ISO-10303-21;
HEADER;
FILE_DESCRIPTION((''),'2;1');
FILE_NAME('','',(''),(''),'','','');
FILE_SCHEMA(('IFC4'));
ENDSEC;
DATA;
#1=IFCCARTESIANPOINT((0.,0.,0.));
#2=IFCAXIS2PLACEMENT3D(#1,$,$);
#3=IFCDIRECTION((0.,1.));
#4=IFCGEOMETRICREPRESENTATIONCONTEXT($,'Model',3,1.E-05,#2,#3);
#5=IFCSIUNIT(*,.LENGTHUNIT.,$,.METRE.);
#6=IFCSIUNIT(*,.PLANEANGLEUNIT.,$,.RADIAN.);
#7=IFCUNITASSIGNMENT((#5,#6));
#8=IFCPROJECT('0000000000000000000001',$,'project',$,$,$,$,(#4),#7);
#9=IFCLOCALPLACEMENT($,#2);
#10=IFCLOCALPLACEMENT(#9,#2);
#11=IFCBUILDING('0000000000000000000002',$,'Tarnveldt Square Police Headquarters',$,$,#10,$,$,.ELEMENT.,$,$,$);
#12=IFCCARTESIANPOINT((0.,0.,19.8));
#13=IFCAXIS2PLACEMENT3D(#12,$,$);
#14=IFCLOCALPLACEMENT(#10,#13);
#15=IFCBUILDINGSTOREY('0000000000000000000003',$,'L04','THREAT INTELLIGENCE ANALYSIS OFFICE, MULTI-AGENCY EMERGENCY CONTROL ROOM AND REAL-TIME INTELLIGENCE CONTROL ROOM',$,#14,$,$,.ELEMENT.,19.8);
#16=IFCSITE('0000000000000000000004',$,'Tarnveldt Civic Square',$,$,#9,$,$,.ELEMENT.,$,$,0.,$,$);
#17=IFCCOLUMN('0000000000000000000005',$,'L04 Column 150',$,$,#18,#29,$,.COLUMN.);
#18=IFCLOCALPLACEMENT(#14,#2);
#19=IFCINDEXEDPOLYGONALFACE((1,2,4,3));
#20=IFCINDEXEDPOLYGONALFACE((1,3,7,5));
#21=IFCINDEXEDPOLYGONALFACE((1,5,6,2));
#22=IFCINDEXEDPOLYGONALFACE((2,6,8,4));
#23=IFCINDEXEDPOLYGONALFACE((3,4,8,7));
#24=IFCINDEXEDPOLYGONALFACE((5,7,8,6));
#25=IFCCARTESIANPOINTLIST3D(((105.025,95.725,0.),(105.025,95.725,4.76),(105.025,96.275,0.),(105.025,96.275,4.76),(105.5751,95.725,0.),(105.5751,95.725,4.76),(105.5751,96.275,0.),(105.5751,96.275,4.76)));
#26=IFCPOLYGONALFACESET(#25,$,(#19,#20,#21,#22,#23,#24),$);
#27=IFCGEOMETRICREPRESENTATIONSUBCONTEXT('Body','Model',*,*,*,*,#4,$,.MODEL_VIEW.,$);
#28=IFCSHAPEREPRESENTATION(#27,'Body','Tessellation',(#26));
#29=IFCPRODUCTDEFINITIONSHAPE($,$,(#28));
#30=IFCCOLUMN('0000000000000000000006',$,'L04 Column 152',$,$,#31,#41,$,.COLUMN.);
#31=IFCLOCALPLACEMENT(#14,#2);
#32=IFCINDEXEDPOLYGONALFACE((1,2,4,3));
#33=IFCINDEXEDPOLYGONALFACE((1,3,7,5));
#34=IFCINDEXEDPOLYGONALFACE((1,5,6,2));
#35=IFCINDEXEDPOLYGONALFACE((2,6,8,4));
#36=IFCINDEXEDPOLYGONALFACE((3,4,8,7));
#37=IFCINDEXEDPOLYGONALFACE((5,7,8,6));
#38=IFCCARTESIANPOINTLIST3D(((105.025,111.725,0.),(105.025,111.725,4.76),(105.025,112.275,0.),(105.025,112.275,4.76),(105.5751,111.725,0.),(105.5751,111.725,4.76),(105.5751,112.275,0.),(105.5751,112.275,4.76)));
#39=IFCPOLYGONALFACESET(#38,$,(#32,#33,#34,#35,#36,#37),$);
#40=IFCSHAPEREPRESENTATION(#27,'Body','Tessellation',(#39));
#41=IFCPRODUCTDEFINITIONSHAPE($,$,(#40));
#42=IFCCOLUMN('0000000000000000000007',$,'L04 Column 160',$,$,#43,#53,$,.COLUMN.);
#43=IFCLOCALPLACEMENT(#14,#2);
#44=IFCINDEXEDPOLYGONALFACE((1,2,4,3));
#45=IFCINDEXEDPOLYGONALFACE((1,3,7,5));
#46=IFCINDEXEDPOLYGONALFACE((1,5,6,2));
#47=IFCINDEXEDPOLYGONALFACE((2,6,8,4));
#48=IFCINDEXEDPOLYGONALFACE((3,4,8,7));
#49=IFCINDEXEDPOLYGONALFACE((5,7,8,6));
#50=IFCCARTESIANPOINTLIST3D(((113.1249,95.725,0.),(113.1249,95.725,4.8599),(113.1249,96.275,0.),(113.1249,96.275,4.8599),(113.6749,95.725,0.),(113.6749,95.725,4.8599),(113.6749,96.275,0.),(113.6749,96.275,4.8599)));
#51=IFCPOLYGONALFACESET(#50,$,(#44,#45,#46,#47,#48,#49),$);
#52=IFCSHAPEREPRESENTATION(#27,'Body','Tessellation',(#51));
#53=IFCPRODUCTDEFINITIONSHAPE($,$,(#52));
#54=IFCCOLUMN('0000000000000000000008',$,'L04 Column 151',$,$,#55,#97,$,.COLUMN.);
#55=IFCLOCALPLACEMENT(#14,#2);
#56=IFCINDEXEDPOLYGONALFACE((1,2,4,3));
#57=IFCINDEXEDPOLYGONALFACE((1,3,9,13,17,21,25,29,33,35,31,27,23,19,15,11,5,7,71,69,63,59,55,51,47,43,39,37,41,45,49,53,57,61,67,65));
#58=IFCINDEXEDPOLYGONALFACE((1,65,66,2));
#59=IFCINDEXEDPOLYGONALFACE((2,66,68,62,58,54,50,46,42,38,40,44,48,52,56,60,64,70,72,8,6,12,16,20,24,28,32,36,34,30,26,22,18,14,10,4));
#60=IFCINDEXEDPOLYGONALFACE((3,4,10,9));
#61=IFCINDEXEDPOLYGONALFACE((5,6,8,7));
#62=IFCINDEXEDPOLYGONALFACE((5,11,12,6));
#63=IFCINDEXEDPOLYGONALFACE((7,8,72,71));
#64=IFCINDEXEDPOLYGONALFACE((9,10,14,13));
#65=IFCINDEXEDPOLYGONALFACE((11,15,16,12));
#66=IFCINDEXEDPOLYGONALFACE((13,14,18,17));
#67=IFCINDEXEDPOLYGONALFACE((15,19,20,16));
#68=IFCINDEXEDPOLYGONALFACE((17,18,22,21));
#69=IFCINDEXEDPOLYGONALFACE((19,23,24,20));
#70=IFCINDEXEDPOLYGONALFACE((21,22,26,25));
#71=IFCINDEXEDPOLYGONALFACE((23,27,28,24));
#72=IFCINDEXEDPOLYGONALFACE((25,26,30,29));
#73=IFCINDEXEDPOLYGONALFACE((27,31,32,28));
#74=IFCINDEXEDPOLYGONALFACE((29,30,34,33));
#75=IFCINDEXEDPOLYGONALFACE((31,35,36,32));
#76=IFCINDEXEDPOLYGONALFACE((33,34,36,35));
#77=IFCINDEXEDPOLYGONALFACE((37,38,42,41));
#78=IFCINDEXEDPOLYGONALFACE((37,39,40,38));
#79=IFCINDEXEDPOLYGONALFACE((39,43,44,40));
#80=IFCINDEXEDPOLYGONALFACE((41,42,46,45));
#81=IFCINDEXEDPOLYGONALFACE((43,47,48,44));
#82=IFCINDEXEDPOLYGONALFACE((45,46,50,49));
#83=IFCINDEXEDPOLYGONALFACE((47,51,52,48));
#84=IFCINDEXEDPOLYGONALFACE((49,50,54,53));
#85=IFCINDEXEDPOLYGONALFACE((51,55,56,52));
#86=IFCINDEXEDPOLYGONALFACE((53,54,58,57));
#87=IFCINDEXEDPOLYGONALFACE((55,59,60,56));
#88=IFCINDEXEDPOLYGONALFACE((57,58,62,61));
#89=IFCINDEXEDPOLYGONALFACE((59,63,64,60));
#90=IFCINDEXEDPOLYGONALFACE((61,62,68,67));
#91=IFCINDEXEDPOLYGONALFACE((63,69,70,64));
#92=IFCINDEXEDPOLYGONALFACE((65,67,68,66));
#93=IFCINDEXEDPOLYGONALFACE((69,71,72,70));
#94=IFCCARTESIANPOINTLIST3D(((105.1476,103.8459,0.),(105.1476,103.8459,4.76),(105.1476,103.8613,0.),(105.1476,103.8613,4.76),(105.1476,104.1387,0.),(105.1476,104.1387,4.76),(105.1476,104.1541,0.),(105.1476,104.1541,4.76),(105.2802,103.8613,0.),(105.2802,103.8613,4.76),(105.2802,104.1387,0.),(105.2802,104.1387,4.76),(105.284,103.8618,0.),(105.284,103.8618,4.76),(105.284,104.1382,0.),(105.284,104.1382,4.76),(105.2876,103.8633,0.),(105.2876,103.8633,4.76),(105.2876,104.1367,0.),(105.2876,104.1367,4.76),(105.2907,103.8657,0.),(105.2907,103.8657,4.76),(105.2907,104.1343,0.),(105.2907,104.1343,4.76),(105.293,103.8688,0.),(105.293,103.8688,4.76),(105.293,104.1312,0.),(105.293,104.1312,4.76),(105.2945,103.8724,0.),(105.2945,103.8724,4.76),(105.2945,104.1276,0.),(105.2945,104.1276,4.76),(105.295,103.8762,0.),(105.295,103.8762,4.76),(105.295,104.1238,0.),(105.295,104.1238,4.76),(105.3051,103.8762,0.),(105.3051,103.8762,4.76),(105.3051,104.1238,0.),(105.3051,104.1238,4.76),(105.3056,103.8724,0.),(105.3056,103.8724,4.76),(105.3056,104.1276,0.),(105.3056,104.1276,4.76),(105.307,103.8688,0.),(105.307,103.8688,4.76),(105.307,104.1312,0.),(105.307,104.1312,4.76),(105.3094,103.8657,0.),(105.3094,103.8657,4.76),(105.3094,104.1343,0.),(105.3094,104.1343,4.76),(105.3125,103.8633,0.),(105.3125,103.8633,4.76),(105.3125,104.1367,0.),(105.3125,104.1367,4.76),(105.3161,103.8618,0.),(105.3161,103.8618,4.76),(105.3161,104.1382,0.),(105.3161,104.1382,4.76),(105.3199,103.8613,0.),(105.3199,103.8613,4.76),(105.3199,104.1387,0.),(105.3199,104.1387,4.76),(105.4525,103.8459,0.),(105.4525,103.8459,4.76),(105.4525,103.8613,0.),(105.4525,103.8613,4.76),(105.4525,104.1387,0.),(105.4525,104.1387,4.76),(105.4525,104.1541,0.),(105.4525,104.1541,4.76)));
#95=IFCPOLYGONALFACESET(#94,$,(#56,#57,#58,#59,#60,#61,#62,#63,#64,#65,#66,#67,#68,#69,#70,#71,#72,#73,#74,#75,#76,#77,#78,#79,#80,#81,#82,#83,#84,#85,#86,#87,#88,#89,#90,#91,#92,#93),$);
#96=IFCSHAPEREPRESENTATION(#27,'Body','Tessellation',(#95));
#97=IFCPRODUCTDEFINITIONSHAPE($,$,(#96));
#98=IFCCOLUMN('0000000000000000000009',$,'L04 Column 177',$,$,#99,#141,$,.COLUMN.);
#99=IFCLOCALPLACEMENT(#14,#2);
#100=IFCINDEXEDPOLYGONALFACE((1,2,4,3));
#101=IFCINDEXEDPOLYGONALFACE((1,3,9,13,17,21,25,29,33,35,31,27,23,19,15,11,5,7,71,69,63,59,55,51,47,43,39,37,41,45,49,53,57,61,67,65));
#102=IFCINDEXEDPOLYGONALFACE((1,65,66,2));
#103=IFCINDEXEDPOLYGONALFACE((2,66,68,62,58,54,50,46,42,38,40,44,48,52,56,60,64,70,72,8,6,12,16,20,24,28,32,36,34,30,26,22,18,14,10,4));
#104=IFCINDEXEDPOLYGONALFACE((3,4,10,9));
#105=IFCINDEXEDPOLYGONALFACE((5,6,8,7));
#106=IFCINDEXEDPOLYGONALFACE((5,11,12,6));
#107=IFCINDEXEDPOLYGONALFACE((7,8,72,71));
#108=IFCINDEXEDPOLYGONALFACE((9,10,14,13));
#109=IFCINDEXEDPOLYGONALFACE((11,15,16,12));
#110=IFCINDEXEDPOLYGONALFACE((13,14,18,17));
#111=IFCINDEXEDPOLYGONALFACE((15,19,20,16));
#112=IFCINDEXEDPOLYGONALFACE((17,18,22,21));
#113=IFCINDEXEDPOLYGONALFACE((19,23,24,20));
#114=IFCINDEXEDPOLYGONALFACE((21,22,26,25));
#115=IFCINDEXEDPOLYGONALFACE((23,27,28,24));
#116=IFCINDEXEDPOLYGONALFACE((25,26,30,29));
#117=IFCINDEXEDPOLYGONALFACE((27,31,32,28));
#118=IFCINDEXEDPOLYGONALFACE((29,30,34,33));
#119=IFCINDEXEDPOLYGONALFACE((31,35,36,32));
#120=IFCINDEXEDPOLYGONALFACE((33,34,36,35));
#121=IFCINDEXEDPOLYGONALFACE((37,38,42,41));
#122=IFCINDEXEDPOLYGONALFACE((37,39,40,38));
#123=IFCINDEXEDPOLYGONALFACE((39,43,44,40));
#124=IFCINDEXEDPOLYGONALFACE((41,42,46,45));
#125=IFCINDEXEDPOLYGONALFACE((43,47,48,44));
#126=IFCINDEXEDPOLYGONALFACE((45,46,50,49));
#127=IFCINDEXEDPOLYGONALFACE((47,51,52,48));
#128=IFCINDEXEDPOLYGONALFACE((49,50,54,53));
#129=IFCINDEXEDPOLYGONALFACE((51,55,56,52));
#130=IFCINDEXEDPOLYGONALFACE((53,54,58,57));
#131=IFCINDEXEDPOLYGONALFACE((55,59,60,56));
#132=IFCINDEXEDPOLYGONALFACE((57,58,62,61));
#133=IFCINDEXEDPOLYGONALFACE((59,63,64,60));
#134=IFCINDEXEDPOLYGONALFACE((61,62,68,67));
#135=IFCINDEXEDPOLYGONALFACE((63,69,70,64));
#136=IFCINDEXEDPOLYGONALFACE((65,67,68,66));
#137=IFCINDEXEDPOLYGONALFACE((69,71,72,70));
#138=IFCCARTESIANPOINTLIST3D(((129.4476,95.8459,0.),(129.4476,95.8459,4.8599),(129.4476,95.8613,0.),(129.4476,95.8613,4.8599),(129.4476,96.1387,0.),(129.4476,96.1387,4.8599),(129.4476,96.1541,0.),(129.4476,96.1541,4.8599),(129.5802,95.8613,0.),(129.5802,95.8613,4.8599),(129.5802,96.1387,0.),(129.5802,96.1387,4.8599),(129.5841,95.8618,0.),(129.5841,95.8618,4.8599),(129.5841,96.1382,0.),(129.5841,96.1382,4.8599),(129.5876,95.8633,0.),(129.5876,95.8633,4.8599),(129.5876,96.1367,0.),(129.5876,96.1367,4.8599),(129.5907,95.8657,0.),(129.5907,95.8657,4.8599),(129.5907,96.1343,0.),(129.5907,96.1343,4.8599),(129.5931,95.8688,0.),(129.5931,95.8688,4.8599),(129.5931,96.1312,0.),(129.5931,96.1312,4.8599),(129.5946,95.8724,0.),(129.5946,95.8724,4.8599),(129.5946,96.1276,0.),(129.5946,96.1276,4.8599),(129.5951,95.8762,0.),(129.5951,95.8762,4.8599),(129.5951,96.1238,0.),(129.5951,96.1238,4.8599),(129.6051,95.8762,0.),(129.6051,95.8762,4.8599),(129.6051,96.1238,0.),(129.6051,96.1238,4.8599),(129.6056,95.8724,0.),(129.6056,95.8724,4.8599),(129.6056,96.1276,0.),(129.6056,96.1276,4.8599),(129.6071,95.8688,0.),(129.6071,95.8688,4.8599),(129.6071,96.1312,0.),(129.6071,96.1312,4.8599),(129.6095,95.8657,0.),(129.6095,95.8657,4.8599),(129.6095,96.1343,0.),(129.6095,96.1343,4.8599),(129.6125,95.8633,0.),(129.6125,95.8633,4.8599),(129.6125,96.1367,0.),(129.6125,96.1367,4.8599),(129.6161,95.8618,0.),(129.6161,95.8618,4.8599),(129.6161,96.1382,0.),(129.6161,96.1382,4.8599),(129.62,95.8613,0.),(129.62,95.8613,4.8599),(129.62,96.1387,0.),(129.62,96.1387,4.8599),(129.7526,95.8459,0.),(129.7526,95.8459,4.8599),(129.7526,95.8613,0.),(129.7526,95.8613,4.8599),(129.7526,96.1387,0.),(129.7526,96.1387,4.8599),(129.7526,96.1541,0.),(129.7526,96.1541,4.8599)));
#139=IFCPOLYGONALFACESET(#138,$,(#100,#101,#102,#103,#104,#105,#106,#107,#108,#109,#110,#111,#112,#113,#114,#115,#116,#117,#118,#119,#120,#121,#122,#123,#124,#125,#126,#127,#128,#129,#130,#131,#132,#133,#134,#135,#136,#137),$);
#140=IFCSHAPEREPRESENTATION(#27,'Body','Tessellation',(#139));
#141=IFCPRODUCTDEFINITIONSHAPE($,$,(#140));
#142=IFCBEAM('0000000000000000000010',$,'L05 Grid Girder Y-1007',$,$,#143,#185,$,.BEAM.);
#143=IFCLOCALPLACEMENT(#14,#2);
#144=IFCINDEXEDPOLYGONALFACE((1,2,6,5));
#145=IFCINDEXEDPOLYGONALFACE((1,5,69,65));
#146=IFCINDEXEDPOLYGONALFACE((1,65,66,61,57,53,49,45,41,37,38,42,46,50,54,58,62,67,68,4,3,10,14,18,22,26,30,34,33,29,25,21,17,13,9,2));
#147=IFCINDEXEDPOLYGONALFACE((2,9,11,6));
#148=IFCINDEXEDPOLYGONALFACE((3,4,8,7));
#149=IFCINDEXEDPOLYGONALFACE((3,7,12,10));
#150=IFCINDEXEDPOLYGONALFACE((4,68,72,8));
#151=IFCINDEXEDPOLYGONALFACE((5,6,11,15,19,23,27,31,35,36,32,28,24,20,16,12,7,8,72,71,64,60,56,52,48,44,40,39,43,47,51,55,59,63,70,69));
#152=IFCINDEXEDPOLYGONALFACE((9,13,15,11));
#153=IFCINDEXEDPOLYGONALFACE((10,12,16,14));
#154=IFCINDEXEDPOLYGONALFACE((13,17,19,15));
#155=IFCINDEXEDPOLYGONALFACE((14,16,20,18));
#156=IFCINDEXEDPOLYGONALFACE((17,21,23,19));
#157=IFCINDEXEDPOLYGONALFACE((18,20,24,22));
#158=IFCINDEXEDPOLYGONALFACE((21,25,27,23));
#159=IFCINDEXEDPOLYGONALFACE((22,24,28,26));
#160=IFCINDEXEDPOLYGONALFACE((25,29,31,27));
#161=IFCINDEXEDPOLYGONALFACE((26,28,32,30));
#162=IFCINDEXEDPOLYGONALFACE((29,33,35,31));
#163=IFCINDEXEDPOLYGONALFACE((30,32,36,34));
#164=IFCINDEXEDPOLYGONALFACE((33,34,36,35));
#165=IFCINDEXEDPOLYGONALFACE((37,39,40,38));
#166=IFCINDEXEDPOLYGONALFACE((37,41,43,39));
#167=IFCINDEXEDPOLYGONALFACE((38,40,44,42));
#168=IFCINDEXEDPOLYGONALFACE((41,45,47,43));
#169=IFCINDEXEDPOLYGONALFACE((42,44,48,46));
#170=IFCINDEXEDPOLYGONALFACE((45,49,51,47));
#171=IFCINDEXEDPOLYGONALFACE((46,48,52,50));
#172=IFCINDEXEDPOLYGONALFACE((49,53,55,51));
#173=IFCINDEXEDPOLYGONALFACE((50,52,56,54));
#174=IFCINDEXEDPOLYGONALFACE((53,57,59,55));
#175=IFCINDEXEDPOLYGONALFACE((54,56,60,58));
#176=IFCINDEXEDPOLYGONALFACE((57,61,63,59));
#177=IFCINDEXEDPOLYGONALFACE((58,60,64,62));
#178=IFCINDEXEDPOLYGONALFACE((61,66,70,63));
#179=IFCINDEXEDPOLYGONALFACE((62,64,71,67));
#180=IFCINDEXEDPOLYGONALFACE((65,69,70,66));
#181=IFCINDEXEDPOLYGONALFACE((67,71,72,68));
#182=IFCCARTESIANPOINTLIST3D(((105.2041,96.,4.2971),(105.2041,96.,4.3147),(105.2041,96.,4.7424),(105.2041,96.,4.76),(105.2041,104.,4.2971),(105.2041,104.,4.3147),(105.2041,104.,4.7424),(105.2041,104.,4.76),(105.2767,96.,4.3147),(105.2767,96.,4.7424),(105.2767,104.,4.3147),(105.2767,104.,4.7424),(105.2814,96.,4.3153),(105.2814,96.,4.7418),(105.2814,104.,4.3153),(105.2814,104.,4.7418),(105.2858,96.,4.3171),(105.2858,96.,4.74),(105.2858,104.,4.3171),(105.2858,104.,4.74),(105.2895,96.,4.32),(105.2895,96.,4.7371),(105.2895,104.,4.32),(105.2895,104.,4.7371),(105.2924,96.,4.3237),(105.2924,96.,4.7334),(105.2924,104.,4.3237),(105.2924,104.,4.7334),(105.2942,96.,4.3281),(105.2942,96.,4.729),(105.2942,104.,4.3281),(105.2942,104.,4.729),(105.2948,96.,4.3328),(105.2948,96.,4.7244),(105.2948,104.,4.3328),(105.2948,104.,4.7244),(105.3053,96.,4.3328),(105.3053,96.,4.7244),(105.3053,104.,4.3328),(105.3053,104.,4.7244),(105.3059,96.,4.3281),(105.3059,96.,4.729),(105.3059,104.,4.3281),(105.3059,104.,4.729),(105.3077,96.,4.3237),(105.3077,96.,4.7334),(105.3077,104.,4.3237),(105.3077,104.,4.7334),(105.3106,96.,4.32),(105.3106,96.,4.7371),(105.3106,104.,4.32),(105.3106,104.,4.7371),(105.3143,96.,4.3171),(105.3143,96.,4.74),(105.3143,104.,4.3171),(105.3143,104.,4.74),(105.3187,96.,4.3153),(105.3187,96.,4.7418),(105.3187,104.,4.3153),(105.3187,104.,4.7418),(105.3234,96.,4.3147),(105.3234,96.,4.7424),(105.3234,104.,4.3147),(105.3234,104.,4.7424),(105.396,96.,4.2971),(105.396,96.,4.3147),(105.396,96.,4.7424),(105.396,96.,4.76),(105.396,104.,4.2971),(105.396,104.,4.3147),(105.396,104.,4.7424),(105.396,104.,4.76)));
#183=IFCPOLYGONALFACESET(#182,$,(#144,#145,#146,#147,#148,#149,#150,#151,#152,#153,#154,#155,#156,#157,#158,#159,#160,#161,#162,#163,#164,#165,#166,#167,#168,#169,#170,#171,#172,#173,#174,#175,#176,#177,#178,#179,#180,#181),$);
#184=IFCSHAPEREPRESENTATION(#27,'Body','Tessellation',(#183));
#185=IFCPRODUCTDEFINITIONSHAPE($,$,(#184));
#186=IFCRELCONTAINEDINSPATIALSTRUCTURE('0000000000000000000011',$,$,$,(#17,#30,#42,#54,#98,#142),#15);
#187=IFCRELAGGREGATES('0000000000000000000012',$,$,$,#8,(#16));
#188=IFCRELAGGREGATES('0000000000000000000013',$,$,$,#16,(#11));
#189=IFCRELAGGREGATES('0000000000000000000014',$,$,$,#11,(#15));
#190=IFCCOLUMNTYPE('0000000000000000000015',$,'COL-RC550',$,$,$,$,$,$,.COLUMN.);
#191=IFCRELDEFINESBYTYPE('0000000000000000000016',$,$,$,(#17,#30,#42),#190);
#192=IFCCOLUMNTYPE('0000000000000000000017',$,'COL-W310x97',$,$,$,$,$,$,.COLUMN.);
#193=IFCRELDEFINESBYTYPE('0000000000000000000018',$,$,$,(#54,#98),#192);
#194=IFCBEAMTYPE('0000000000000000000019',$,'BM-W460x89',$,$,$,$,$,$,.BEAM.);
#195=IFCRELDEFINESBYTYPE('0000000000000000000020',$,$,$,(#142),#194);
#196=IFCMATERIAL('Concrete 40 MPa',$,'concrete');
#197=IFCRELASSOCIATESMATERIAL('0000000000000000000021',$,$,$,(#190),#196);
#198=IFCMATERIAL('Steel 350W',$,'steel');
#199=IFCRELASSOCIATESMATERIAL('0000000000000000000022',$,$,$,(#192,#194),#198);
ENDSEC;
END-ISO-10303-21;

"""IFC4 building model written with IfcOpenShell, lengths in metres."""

from ifc_helpers import new_model, si_unit, direction, frame, origin, origin_2d, place, context, subcontext, project, spatial, rectangle, i_section, extrude, material, material_profile, profile_set, type_object, element, save


model = new_model("IFC4")

# Units and contexts
model_context = context("Model", 3, precision=1e-05, world=origin(), true_north=direction((0.0, 1.0)))
body_context = subcontext(model_context, "Body", "Model", "MODEL_VIEW")
ifc_project = project(units=[si_unit("LENGTHUNIT", "METRE"), si_unit("PLANEANGLEUNIT", "RADIAN")], contexts=[model_context])

# Site, building, storey
site_placement = place(None, origin())
site = spatial("IfcSite", under=ifc_project, at=site_placement, Name="Tarnveldt Civic Square", CompositionType="ELEMENT", RefElevation=0.0)
building_placement = place(site_placement, origin())
building = spatial("IfcBuilding", under=site, at=building_placement, Name="Tarnveldt Square Police Headquarters", CompositionType="ELEMENT")
storey_placement = place(building_placement, frame((0.0, 0.0, 19.8)))
storey = spatial("IfcBuildingStorey", under=building, at=storey_placement, Name="L04", Description="THREAT INTELLIGENCE ANALYSIS OFFICE, MULTI-AGENCY EMERGENCY CONTROL ROOM AND REAL-TIME INTELLIGENCE CONTROL ROOM", CompositionType="ELEMENT", Elevation=19.8)

# Columns
ifc_material_1 = material(Name="Concrete 40 MPa", Category="concrete")
ifc_material_profile_1 = material_profile(ifc_material_1, rectangle(XDim=0.55, YDim=0.55, at=origin_2d()), Name="RC-C550x550")
ifc_profile_set_1 = profile_set([ifc_material_profile_1], Name="Concrete 40 MPa")
column_type_1 = type_object("IfcColumnType", Name="COL-RC550", PredefinedType="COLUMN", material=ifc_profile_set_1)
for number, where, z_axis, x_axis, name in (
    (1, (105.3, 96.0, 0.0), (0.0, 0.0, 1.0), (1.0, 0.0, 0.0), "L04 Column 150"),
    (2, (105.3, 112.0, 0.0), (0.0, 0.0, 1.0), (1.0, 0.0, 0.0), "L04 Column 152"),
):
    element("IfcColumn", number, at=place(storey_placement, frame(where, z_axis=z_axis, x_axis=x_axis)), inside=storey, type_object=column_type_1, Name=name, PredefinedType="COLUMN", context=body_context, shape_type="SweptSolid", body=[
        extrude(rectangle(XDim=0.55, YDim=0.55, at=origin_2d()), origin(), (0.0, 0.0, 1.0), 4.76),
    ])
column_1_placement = place(storey_placement, frame((113.3999, 96.0, 0.0), z_axis=(0.0, 0.0, 1.0), x_axis=(1.0, 0.0, 0.0)))
element("IfcColumn", 3, at=column_1_placement, inside=storey, type_object=column_type_1, Name="L04 Column 160", PredefinedType="COLUMN", context=body_context, shape_type="SweptSolid", body=[
    extrude(rectangle(XDim=0.55, YDim=0.55, at=origin_2d()), origin(), (0.0, 0.0, 1.0), 4.8599),
])
ifc_material_2 = material(Name="Steel 350W", Category="steel")
ifc_material_profile_2 = material_profile(ifc_material_2, i_section(OverallWidth=0.3049, OverallDepth=0.3081, WebThickness=0.01, FlangeThickness=0.0154, FilletRadius=0.0149, at=origin_2d()), Name="W310x97")
ifc_profile_set_2 = profile_set([ifc_material_profile_2], Name="Steel 350W")
column_type_2 = type_object("IfcColumnType", Name="COL-W310x97", PredefinedType="COLUMN", material=ifc_profile_set_2)
column_2_placement = place(storey_placement, frame((105.3, 104.0, 0.0), z_axis=(0.0, 0.0, 1.0), x_axis=(1.0, 0.0, 0.0)))
element("IfcColumn", 4, at=column_2_placement, inside=storey, type_object=column_type_2, Name="L04 Column 151", PredefinedType="COLUMN", context=body_context, shape_type="SweptSolid", body=[
    extrude(i_section(OverallWidth=0.3049, OverallDepth=0.3081, WebThickness=0.01, FlangeThickness=0.0154, FilletRadius=0.0149, at=origin_2d()), origin(), (0.0, 0.0, 1.0), 4.76),
])
column_3_placement = place(storey_placement, frame((129.6001, 96.0, 0.0), z_axis=(0.0, 0.0, 1.0), x_axis=(1.0, 0.0, 0.0)))
element("IfcColumn", 5, at=column_3_placement, inside=storey, type_object=column_type_2, Name="L04 Column 177", PredefinedType="COLUMN", context=body_context, shape_type="SweptSolid", body=[
    extrude(i_section(OverallWidth=0.3049, OverallDepth=0.3081, WebThickness=0.01, FlangeThickness=0.0154, FilletRadius=0.0149, at=origin_2d()), origin(), (0.0, 0.0, 1.0), 4.8599),
])

# Beam
ifc_material_profile_3 = material_profile(ifc_material_2, i_section(OverallWidth=0.1919, OverallDepth=0.4629, WebThickness=0.0105, FlangeThickness=0.0176, FilletRadius=0.0181, at=origin_2d()), Name="W460x89")
ifc_profile_set_3 = profile_set([ifc_material_profile_3], Name="Steel 350W")
beam_type = type_object("IfcBeamType", Name="BM-W460x89", PredefinedType="BEAM", material=ifc_profile_set_3)
for number, where, z_axis, x_axis, name in (
    (6, (105.3, 96.0, 4.5286), (0.0, 1.0, 0.0), (-1.0, 0.0, 0.0), "L05 Grid Girder Y-1007"),
):
    element("IfcBeam", number, at=place(storey_placement, frame(where, z_axis=z_axis, x_axis=x_axis)), inside=storey, type_object=beam_type, Name=name, PredefinedType="BEAM", context=body_context, shape_type="SweptSolid", body=[
        extrude(i_section(OverallWidth=0.1919, OverallDepth=0.4629, WebThickness=0.0105, FlangeThickness=0.0176, FilletRadius=0.0181, at=origin_2d()), origin(), (0.0, 0.0, 1.0), 8.0),
    ])

save(model, "model.ifc")
